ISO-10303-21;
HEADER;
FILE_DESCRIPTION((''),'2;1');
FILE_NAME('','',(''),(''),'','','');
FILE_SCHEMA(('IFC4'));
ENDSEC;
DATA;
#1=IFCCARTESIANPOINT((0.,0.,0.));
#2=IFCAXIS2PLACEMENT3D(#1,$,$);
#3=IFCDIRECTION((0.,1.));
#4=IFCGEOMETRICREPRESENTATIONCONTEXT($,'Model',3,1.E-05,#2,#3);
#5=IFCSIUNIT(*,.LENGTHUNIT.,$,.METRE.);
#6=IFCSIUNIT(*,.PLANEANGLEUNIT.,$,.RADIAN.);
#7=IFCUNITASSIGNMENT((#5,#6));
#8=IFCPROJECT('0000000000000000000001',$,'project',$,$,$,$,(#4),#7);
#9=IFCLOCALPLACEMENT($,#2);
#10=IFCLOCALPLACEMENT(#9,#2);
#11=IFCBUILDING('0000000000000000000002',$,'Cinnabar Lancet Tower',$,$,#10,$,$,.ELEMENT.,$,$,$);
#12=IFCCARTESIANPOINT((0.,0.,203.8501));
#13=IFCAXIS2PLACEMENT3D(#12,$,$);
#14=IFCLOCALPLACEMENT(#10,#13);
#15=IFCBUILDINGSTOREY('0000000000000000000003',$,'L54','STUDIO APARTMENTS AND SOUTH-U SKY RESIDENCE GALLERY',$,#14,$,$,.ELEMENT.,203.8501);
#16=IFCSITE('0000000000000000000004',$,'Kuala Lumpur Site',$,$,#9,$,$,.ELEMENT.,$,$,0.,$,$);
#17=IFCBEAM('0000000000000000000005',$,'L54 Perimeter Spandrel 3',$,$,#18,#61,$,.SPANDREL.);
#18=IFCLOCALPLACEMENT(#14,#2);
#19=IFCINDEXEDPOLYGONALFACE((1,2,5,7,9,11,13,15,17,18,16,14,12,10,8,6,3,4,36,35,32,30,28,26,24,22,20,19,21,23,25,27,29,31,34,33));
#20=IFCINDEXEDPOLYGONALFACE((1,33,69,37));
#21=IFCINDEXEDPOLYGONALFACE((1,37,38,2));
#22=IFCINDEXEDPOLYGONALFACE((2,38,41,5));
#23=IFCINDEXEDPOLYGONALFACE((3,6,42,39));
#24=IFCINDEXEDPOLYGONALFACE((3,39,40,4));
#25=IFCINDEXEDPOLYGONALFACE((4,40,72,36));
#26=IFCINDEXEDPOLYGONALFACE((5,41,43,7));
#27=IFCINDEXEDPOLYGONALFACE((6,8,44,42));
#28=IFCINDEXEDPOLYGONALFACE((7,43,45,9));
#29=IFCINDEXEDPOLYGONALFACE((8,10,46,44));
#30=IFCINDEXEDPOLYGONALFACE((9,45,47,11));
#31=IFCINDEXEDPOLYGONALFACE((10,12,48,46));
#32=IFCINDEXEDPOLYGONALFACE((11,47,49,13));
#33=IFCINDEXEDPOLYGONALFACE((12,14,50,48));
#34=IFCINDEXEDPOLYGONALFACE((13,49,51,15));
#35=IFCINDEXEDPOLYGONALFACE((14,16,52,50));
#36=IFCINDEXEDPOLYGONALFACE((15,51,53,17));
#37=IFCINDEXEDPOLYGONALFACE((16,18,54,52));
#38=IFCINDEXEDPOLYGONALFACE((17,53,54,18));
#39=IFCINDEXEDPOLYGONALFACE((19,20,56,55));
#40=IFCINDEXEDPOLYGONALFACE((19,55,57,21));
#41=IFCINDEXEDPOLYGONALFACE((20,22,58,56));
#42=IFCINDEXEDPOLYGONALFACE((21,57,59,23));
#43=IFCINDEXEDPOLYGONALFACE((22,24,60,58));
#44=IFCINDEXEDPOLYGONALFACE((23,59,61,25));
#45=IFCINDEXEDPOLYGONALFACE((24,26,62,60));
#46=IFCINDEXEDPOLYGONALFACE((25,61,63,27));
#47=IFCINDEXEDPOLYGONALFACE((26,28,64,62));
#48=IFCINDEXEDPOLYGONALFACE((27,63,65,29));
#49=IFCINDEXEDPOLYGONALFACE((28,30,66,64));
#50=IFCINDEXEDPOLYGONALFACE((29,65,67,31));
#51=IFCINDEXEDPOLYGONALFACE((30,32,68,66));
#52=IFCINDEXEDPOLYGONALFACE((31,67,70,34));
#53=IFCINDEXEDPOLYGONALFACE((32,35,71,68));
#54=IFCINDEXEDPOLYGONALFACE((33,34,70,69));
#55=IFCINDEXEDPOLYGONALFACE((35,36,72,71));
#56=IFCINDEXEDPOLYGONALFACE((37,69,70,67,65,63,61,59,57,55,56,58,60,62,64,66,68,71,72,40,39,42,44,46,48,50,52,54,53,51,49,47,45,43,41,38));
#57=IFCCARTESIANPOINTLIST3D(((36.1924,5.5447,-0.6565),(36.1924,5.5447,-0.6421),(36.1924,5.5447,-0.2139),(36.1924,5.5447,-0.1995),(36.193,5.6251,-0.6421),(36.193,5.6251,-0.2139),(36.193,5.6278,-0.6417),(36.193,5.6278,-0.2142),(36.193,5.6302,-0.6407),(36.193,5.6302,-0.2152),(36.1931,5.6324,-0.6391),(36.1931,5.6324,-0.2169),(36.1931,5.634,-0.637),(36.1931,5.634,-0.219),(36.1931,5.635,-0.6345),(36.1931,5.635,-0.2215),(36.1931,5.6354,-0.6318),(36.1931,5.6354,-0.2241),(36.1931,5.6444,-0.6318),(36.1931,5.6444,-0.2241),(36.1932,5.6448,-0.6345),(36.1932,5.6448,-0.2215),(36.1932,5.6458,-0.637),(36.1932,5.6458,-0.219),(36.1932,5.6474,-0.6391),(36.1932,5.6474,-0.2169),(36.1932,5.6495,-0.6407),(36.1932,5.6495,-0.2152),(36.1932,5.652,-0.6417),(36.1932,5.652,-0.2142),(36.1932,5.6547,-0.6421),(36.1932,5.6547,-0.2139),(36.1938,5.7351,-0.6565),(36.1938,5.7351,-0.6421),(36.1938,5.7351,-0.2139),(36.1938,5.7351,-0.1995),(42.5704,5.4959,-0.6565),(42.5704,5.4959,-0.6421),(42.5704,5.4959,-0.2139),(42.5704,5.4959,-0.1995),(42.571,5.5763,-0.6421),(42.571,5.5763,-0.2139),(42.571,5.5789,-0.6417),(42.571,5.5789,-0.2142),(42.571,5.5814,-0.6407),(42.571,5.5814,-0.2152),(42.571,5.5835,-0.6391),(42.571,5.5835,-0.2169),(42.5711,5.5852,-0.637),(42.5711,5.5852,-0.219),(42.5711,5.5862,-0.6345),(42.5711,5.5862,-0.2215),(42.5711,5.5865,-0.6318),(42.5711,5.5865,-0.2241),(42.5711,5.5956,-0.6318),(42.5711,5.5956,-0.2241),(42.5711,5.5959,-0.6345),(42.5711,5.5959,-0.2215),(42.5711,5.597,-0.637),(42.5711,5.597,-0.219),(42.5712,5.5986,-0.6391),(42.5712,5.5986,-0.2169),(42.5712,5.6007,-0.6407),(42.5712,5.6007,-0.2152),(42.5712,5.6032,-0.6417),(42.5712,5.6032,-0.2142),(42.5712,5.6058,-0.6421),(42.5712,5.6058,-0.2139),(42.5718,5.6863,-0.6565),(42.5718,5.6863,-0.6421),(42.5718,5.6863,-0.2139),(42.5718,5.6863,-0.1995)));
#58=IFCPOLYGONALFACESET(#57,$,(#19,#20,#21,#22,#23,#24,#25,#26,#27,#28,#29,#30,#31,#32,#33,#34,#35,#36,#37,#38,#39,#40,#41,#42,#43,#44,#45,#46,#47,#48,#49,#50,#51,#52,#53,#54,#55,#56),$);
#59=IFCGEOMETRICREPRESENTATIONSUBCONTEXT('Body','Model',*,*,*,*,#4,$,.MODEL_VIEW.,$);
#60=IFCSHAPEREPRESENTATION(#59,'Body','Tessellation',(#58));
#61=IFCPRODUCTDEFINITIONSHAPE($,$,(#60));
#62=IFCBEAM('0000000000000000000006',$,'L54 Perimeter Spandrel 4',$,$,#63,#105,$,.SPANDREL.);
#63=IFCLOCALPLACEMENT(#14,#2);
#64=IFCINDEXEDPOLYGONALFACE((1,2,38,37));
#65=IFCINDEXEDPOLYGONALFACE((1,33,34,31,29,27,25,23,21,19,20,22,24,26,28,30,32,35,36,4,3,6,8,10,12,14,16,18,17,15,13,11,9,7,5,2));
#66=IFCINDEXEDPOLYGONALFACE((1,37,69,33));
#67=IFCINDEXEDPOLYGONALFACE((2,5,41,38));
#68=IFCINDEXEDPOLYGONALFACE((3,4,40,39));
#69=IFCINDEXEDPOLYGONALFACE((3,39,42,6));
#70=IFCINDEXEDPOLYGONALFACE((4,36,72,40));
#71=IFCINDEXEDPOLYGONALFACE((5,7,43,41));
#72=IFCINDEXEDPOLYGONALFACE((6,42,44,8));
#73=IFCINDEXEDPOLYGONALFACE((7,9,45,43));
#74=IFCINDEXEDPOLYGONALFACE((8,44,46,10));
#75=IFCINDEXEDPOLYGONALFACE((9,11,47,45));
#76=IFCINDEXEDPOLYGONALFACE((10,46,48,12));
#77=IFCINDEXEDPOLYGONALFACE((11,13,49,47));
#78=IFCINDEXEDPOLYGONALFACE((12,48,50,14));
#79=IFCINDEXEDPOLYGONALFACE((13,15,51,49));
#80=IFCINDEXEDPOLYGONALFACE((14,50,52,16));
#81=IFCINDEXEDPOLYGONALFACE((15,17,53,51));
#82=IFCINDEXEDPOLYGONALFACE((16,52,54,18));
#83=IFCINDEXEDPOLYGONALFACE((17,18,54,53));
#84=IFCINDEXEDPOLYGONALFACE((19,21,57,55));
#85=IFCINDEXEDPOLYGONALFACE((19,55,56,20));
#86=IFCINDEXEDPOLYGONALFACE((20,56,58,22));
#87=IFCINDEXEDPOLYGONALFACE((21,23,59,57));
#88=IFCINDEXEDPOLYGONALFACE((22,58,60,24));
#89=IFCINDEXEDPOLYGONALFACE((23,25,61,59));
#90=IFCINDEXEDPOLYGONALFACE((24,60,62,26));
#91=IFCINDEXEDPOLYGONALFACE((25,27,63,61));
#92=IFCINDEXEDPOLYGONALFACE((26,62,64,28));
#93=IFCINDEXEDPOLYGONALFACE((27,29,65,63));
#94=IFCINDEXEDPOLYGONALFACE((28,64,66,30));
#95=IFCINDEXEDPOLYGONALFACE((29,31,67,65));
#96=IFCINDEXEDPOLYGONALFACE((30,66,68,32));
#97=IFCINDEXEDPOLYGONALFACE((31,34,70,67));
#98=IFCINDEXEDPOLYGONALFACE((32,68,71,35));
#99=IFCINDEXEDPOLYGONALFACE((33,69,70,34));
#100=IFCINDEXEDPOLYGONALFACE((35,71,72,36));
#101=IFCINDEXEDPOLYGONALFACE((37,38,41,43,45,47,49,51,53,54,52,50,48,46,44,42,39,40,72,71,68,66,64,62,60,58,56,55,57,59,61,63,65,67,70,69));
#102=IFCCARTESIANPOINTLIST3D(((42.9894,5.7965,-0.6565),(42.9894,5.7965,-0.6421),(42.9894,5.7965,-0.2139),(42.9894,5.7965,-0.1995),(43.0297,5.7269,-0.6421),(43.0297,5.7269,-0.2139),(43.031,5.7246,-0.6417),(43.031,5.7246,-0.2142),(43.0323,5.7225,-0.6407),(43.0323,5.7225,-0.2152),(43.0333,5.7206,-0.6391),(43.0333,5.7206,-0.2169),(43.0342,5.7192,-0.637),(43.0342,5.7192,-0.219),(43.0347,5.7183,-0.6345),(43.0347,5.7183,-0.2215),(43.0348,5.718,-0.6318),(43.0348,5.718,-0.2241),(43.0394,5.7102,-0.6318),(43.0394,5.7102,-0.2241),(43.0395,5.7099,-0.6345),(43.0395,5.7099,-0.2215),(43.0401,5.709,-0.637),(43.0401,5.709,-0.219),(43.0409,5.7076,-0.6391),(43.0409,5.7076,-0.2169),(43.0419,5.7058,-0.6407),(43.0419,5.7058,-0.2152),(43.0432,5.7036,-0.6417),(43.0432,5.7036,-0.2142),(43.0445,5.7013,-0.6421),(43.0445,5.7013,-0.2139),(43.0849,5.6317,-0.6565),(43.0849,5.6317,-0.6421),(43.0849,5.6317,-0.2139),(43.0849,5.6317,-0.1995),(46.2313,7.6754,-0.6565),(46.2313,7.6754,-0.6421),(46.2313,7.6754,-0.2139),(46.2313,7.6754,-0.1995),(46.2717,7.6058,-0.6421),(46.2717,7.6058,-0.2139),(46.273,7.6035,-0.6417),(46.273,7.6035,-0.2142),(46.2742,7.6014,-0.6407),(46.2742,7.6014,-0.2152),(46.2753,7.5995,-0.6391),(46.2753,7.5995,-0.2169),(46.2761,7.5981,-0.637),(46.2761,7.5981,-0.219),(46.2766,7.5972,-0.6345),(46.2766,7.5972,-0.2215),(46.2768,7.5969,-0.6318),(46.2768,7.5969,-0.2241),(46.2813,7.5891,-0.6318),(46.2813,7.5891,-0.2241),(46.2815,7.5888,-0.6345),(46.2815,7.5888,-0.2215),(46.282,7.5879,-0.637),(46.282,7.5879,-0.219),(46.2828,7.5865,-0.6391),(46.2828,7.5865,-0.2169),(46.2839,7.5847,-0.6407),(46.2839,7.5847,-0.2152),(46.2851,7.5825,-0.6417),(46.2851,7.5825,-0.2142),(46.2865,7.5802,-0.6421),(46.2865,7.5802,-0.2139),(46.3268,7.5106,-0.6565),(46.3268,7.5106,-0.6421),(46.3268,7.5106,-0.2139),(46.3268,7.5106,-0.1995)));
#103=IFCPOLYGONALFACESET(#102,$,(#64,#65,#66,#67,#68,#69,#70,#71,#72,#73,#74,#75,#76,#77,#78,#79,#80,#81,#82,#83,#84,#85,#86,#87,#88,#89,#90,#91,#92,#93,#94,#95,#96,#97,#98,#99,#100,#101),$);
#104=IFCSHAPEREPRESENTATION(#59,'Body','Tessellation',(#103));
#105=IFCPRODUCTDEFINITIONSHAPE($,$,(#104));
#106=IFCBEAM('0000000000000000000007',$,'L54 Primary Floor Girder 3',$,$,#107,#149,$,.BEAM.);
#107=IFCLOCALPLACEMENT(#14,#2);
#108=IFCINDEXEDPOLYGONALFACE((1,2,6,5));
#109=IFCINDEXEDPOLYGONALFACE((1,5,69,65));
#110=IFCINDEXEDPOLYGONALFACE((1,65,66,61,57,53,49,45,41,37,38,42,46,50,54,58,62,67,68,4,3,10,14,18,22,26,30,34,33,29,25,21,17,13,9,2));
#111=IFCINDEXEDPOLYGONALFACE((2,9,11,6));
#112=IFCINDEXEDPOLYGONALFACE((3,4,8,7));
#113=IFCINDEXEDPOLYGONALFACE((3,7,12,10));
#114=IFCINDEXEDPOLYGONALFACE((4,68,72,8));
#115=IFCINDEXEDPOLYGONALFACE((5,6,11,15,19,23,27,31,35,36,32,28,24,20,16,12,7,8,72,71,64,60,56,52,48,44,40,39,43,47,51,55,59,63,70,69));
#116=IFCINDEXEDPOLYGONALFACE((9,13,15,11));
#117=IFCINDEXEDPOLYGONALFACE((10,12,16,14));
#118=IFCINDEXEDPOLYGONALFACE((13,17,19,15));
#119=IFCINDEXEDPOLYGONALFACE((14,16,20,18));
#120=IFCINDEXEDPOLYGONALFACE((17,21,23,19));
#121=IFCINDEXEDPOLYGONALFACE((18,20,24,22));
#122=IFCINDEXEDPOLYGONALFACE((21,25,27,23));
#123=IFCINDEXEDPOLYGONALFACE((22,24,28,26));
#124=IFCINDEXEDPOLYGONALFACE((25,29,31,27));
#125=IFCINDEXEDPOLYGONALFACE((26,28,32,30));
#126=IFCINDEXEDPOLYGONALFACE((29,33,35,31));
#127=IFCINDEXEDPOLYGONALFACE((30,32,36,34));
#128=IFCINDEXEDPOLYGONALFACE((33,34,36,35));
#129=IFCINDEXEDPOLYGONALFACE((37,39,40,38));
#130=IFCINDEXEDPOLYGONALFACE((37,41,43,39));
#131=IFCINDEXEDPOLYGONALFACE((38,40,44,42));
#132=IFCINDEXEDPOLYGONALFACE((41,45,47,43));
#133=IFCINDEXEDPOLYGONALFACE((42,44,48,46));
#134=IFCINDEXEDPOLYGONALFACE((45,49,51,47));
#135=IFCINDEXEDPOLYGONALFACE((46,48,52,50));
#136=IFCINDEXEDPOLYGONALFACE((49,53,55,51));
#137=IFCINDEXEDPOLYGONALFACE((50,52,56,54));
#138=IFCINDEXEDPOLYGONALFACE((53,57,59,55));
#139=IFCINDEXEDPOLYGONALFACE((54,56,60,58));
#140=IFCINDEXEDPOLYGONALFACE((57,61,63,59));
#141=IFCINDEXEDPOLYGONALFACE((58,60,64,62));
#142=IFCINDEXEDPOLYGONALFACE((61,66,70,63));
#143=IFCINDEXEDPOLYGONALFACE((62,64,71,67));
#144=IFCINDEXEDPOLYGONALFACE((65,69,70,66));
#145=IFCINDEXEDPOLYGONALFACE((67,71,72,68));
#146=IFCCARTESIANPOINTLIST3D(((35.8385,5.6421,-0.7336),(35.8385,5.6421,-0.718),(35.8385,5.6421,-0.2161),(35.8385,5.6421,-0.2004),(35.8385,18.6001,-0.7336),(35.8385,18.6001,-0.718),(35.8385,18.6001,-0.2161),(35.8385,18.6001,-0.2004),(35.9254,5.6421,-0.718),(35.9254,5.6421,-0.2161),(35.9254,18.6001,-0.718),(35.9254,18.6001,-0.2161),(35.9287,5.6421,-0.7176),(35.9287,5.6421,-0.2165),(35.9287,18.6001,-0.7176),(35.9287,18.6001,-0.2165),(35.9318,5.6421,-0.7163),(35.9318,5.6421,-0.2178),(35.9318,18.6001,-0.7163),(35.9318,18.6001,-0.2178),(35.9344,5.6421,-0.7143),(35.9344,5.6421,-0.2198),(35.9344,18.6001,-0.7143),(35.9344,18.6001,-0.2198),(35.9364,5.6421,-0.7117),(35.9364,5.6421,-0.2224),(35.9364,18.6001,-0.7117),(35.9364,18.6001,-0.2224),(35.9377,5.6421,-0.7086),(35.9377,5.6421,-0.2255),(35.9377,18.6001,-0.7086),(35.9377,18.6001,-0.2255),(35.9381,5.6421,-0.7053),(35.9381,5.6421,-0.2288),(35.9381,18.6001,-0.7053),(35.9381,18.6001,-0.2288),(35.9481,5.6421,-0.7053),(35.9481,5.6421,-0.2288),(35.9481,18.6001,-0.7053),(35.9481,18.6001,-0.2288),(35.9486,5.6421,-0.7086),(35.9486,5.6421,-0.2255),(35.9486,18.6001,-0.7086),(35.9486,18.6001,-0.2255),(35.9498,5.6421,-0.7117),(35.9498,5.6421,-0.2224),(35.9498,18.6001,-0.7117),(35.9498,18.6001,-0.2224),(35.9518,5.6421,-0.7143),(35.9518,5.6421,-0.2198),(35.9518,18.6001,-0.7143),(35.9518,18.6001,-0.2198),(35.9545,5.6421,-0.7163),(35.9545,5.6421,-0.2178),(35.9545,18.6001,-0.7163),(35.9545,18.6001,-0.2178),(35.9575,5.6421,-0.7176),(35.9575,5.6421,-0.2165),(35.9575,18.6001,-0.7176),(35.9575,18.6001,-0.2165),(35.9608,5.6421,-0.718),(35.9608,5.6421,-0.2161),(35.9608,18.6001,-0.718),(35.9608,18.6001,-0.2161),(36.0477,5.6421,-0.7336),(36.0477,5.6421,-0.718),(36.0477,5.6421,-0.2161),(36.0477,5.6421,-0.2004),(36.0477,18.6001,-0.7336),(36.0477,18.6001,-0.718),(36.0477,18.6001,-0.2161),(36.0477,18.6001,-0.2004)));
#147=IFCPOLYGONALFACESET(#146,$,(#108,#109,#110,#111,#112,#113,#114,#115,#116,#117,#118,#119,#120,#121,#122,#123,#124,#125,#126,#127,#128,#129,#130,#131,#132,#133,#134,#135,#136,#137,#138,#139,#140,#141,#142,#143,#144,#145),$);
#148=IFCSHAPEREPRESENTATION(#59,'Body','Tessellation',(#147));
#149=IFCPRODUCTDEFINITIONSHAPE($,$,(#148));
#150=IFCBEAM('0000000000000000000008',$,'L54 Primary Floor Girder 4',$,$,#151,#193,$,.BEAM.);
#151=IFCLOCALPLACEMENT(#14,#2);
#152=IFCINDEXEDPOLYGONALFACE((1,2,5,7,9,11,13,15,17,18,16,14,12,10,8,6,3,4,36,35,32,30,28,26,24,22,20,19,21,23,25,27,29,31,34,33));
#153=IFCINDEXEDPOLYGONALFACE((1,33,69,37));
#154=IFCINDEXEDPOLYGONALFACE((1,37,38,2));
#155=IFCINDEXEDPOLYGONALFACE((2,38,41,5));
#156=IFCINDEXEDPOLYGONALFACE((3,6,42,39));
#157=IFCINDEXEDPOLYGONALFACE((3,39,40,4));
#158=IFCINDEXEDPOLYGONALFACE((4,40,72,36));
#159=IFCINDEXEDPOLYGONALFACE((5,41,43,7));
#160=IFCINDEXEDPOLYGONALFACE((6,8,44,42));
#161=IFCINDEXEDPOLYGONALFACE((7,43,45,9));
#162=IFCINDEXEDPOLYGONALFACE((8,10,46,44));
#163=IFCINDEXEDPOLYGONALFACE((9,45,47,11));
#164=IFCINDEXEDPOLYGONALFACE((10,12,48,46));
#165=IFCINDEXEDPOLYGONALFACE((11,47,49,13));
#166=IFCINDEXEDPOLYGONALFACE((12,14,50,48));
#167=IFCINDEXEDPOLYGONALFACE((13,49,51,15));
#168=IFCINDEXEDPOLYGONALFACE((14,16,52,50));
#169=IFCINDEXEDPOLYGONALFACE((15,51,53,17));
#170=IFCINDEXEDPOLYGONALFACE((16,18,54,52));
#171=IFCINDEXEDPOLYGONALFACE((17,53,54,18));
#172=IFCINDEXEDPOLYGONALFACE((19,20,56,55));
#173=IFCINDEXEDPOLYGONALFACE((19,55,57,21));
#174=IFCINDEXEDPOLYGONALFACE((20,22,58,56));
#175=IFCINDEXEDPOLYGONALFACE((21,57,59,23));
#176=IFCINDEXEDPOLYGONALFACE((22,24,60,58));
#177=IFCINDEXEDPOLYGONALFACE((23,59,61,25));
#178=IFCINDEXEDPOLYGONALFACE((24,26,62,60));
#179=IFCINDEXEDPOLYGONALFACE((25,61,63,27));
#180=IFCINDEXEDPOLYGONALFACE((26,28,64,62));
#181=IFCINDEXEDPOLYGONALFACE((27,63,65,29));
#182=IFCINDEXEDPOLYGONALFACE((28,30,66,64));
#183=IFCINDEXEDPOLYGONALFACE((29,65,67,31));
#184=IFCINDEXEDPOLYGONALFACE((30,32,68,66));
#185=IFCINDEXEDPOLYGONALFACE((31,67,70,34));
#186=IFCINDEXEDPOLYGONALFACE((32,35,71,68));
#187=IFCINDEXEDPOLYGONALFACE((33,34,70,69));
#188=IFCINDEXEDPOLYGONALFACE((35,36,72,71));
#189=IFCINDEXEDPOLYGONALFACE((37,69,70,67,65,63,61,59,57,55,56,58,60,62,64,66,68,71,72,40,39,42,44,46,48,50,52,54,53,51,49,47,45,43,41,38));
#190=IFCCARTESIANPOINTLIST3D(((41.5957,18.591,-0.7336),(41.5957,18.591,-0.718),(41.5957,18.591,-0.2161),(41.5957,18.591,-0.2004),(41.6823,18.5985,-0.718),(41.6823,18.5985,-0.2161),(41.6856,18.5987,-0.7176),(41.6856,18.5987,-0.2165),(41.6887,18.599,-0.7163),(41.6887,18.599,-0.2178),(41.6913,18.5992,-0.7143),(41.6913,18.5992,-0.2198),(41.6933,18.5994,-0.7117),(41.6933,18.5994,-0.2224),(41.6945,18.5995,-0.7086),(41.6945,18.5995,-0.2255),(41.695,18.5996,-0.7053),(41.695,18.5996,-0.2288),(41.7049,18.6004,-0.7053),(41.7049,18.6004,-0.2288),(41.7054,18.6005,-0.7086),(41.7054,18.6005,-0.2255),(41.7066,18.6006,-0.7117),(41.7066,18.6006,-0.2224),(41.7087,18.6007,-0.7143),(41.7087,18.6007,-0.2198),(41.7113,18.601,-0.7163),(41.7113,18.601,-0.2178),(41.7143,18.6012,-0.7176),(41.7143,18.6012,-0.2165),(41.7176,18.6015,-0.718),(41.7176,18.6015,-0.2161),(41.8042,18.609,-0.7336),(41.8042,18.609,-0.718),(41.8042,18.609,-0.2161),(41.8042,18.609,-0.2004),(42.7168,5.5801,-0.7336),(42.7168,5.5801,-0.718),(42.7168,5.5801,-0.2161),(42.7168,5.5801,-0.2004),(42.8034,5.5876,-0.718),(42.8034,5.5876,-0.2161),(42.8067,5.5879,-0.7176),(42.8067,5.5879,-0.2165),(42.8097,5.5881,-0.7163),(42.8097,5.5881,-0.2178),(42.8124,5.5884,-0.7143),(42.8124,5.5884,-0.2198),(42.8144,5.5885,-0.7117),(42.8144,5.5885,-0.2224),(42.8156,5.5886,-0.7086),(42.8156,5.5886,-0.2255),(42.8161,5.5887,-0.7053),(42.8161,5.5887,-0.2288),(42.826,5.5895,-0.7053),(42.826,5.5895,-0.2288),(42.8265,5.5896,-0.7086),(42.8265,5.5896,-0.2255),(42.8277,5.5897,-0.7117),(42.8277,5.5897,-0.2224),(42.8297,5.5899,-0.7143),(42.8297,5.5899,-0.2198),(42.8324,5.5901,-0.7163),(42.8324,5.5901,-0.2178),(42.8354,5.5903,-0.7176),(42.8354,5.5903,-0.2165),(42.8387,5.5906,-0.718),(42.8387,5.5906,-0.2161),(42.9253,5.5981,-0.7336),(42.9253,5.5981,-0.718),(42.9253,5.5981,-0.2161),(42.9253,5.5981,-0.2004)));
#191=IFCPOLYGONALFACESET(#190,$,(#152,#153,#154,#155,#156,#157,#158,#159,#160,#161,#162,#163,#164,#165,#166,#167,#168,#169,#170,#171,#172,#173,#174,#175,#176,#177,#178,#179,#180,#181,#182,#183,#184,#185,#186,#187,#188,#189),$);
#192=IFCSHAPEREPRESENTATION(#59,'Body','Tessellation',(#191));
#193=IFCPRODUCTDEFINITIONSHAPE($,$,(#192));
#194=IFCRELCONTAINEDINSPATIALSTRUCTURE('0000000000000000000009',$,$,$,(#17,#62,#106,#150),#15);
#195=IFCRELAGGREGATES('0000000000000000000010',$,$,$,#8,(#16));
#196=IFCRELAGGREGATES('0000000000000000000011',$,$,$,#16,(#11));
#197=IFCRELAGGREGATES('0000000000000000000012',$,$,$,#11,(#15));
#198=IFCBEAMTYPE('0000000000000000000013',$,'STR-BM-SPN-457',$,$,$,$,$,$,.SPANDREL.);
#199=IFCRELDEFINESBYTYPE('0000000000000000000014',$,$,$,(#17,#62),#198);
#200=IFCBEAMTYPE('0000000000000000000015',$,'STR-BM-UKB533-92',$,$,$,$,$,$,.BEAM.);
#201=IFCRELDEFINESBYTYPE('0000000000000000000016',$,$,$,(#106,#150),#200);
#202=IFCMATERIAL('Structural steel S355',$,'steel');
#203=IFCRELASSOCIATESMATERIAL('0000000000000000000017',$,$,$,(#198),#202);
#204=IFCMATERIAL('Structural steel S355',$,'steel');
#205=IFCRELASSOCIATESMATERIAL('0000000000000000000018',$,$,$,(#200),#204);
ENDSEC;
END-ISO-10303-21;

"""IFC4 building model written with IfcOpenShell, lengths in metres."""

from ifc_helpers import new_model, si_unit, direction, frame, origin, origin_2d, place, context, subcontext, project, spatial, i_section, extrude, material, material_profile, profile_set, type_object, element, save


model = new_model("IFC4")

# Units and contexts
model_context = context("Model", 3, precision=1e-05, world=origin(), true_north=direction((0.0, 1.0)))
body_context = subcontext(model_context, "Body", "Model", "MODEL_VIEW")
ifc_project = project(units=[si_unit("LENGTHUNIT", "METRE"), si_unit("PLANEANGLEUNIT", "RADIAN")], contexts=[model_context])

# Site, building, storey
site_placement = place(None, origin())
site = spatial("IfcSite", under=ifc_project, at=site_placement, Name="Kuala Lumpur Site", CompositionType="ELEMENT", RefElevation=0.0)
building_placement = place(site_placement, origin())
building = spatial("IfcBuilding", under=site, at=building_placement, Name="Cinnabar Lancet Tower", CompositionType="ELEMENT")
storey_placement = place(building_placement, frame((0.0, 0.0, 203.8501)))
storey = spatial("IfcBuildingStorey", under=building, at=storey_placement, Name="L54", Description="STUDIO APARTMENTS AND SOUTH-U SKY RESIDENCE GALLERY", CompositionType="ELEMENT", Elevation=203.8501)

# Beams
ifc_material_1 = material(Name="Structural steel S355", Category="steel")
ifc_material_profile_1 = material_profile(ifc_material_1, i_section(OverallWidth=0.1904, OverallDepth=0.457, WebThickness=0.009, FlangeThickness=0.0144, FilletRadius=0.0103, at=origin_2d()), Name="UKB 457x191x74")
ifc_profile_set_1 = profile_set([ifc_material_profile_1], Name="Structural steel S355")
beam_type_1 = type_object("IfcBeamType", Name="STR-BM-SPN-457", PredefinedType="SPANDREL", material=ifc_profile_set_1)
beam_1_placement = place(storey_placement, frame((36.1931, 5.6399, -0.428), z_axis=(0.999971, -0.007656, 0.0), x_axis=(0.007656, 0.999971, 0.0)))
element("IfcBeam", 1, at=beam_1_placement, inside=storey, type_object=beam_type_1, Name="L54 Perimeter Spandrel 3", PredefinedType="SPANDREL", context=body_context, shape_type="SweptSolid", body=[
    extrude(i_section(OverallWidth=0.1904, OverallDepth=0.457, WebThickness=0.009, FlangeThickness=0.0144, FilletRadius=0.0103, at=origin_2d()), origin(), (0.0, 0.0, 1.0), 6.3782),
])
beam_2_placement = place(storey_placement, frame((43.0371, 5.7141, -0.428), z_axis=(0.865196, 0.501434, 0.0), x_axis=(-0.501434, 0.865196, 0.0)))
element("IfcBeam", 2, at=beam_2_placement, inside=storey, type_object=beam_type_1, Name="L54 Perimeter Spandrel 4", PredefinedType="SPANDREL", context=body_context, shape_type="SweptSolid", body=[
    extrude(i_section(OverallWidth=0.1904, OverallDepth=0.457, WebThickness=0.009, FlangeThickness=0.0144, FilletRadius=0.0103, at=origin_2d()), origin(), (0.0, 0.0, 1.0), 3.7471),
])
ifc_material_2 = material(Name="Structural steel S355", Category="steel")
ifc_material_profile_2 = material_profile(ifc_material_2, i_section(OverallWidth=0.2092, OverallDepth=0.5332, WebThickness=0.01, FlangeThickness=0.0156, FilletRadius=0.0127, at=origin_2d()), Name="UKB 533x210x92")
ifc_profile_set_2 = profile_set([ifc_material_profile_2], Name="Structural steel S355")
beam_type_2 = type_object("IfcBeamType", Name="STR-BM-UKB533-92", PredefinedType="BEAM", material=ifc_profile_set_2)
beam_3_placement = place(storey_placement, frame((35.9431, 5.6421, -0.467), z_axis=(0.0, 1.0, 0.0), x_axis=(-1.0, 0.0, 0.0)))
element("IfcBeam", 3, at=beam_3_placement, inside=storey, type_object=beam_type_2, Name="L54 Primary Floor Girder 3", PredefinedType="BEAM", context=body_context, shape_type="SweptSolid", body=[
    extrude(i_section(OverallWidth=0.2092, OverallDepth=0.5332, WebThickness=0.01, FlangeThickness=0.0156, FilletRadius=0.0127, at=origin_2d()), origin(), (0.0, 0.0, 1.0), 12.958),
])
beam_4_placement = place(storey_placement, frame((42.821, 5.5891, -0.467), z_axis=(-0.085847, 0.996308, 0.0), x_axis=(-0.996308, -0.085847, 0.0)))
element("IfcBeam", 4, at=beam_4_placement, inside=storey, type_object=beam_type_2, Name="L54 Primary Floor Girder 4", PredefinedType="BEAM", context=body_context, shape_type="SweptSolid", body=[
    extrude(i_section(OverallWidth=0.2092, OverallDepth=0.5332, WebThickness=0.01, FlangeThickness=0.0156, FilletRadius=0.0127, at=origin_2d()), origin(), (0.0, 0.0, 1.0), 13.0591),
])

save(model, "model.ifc")
